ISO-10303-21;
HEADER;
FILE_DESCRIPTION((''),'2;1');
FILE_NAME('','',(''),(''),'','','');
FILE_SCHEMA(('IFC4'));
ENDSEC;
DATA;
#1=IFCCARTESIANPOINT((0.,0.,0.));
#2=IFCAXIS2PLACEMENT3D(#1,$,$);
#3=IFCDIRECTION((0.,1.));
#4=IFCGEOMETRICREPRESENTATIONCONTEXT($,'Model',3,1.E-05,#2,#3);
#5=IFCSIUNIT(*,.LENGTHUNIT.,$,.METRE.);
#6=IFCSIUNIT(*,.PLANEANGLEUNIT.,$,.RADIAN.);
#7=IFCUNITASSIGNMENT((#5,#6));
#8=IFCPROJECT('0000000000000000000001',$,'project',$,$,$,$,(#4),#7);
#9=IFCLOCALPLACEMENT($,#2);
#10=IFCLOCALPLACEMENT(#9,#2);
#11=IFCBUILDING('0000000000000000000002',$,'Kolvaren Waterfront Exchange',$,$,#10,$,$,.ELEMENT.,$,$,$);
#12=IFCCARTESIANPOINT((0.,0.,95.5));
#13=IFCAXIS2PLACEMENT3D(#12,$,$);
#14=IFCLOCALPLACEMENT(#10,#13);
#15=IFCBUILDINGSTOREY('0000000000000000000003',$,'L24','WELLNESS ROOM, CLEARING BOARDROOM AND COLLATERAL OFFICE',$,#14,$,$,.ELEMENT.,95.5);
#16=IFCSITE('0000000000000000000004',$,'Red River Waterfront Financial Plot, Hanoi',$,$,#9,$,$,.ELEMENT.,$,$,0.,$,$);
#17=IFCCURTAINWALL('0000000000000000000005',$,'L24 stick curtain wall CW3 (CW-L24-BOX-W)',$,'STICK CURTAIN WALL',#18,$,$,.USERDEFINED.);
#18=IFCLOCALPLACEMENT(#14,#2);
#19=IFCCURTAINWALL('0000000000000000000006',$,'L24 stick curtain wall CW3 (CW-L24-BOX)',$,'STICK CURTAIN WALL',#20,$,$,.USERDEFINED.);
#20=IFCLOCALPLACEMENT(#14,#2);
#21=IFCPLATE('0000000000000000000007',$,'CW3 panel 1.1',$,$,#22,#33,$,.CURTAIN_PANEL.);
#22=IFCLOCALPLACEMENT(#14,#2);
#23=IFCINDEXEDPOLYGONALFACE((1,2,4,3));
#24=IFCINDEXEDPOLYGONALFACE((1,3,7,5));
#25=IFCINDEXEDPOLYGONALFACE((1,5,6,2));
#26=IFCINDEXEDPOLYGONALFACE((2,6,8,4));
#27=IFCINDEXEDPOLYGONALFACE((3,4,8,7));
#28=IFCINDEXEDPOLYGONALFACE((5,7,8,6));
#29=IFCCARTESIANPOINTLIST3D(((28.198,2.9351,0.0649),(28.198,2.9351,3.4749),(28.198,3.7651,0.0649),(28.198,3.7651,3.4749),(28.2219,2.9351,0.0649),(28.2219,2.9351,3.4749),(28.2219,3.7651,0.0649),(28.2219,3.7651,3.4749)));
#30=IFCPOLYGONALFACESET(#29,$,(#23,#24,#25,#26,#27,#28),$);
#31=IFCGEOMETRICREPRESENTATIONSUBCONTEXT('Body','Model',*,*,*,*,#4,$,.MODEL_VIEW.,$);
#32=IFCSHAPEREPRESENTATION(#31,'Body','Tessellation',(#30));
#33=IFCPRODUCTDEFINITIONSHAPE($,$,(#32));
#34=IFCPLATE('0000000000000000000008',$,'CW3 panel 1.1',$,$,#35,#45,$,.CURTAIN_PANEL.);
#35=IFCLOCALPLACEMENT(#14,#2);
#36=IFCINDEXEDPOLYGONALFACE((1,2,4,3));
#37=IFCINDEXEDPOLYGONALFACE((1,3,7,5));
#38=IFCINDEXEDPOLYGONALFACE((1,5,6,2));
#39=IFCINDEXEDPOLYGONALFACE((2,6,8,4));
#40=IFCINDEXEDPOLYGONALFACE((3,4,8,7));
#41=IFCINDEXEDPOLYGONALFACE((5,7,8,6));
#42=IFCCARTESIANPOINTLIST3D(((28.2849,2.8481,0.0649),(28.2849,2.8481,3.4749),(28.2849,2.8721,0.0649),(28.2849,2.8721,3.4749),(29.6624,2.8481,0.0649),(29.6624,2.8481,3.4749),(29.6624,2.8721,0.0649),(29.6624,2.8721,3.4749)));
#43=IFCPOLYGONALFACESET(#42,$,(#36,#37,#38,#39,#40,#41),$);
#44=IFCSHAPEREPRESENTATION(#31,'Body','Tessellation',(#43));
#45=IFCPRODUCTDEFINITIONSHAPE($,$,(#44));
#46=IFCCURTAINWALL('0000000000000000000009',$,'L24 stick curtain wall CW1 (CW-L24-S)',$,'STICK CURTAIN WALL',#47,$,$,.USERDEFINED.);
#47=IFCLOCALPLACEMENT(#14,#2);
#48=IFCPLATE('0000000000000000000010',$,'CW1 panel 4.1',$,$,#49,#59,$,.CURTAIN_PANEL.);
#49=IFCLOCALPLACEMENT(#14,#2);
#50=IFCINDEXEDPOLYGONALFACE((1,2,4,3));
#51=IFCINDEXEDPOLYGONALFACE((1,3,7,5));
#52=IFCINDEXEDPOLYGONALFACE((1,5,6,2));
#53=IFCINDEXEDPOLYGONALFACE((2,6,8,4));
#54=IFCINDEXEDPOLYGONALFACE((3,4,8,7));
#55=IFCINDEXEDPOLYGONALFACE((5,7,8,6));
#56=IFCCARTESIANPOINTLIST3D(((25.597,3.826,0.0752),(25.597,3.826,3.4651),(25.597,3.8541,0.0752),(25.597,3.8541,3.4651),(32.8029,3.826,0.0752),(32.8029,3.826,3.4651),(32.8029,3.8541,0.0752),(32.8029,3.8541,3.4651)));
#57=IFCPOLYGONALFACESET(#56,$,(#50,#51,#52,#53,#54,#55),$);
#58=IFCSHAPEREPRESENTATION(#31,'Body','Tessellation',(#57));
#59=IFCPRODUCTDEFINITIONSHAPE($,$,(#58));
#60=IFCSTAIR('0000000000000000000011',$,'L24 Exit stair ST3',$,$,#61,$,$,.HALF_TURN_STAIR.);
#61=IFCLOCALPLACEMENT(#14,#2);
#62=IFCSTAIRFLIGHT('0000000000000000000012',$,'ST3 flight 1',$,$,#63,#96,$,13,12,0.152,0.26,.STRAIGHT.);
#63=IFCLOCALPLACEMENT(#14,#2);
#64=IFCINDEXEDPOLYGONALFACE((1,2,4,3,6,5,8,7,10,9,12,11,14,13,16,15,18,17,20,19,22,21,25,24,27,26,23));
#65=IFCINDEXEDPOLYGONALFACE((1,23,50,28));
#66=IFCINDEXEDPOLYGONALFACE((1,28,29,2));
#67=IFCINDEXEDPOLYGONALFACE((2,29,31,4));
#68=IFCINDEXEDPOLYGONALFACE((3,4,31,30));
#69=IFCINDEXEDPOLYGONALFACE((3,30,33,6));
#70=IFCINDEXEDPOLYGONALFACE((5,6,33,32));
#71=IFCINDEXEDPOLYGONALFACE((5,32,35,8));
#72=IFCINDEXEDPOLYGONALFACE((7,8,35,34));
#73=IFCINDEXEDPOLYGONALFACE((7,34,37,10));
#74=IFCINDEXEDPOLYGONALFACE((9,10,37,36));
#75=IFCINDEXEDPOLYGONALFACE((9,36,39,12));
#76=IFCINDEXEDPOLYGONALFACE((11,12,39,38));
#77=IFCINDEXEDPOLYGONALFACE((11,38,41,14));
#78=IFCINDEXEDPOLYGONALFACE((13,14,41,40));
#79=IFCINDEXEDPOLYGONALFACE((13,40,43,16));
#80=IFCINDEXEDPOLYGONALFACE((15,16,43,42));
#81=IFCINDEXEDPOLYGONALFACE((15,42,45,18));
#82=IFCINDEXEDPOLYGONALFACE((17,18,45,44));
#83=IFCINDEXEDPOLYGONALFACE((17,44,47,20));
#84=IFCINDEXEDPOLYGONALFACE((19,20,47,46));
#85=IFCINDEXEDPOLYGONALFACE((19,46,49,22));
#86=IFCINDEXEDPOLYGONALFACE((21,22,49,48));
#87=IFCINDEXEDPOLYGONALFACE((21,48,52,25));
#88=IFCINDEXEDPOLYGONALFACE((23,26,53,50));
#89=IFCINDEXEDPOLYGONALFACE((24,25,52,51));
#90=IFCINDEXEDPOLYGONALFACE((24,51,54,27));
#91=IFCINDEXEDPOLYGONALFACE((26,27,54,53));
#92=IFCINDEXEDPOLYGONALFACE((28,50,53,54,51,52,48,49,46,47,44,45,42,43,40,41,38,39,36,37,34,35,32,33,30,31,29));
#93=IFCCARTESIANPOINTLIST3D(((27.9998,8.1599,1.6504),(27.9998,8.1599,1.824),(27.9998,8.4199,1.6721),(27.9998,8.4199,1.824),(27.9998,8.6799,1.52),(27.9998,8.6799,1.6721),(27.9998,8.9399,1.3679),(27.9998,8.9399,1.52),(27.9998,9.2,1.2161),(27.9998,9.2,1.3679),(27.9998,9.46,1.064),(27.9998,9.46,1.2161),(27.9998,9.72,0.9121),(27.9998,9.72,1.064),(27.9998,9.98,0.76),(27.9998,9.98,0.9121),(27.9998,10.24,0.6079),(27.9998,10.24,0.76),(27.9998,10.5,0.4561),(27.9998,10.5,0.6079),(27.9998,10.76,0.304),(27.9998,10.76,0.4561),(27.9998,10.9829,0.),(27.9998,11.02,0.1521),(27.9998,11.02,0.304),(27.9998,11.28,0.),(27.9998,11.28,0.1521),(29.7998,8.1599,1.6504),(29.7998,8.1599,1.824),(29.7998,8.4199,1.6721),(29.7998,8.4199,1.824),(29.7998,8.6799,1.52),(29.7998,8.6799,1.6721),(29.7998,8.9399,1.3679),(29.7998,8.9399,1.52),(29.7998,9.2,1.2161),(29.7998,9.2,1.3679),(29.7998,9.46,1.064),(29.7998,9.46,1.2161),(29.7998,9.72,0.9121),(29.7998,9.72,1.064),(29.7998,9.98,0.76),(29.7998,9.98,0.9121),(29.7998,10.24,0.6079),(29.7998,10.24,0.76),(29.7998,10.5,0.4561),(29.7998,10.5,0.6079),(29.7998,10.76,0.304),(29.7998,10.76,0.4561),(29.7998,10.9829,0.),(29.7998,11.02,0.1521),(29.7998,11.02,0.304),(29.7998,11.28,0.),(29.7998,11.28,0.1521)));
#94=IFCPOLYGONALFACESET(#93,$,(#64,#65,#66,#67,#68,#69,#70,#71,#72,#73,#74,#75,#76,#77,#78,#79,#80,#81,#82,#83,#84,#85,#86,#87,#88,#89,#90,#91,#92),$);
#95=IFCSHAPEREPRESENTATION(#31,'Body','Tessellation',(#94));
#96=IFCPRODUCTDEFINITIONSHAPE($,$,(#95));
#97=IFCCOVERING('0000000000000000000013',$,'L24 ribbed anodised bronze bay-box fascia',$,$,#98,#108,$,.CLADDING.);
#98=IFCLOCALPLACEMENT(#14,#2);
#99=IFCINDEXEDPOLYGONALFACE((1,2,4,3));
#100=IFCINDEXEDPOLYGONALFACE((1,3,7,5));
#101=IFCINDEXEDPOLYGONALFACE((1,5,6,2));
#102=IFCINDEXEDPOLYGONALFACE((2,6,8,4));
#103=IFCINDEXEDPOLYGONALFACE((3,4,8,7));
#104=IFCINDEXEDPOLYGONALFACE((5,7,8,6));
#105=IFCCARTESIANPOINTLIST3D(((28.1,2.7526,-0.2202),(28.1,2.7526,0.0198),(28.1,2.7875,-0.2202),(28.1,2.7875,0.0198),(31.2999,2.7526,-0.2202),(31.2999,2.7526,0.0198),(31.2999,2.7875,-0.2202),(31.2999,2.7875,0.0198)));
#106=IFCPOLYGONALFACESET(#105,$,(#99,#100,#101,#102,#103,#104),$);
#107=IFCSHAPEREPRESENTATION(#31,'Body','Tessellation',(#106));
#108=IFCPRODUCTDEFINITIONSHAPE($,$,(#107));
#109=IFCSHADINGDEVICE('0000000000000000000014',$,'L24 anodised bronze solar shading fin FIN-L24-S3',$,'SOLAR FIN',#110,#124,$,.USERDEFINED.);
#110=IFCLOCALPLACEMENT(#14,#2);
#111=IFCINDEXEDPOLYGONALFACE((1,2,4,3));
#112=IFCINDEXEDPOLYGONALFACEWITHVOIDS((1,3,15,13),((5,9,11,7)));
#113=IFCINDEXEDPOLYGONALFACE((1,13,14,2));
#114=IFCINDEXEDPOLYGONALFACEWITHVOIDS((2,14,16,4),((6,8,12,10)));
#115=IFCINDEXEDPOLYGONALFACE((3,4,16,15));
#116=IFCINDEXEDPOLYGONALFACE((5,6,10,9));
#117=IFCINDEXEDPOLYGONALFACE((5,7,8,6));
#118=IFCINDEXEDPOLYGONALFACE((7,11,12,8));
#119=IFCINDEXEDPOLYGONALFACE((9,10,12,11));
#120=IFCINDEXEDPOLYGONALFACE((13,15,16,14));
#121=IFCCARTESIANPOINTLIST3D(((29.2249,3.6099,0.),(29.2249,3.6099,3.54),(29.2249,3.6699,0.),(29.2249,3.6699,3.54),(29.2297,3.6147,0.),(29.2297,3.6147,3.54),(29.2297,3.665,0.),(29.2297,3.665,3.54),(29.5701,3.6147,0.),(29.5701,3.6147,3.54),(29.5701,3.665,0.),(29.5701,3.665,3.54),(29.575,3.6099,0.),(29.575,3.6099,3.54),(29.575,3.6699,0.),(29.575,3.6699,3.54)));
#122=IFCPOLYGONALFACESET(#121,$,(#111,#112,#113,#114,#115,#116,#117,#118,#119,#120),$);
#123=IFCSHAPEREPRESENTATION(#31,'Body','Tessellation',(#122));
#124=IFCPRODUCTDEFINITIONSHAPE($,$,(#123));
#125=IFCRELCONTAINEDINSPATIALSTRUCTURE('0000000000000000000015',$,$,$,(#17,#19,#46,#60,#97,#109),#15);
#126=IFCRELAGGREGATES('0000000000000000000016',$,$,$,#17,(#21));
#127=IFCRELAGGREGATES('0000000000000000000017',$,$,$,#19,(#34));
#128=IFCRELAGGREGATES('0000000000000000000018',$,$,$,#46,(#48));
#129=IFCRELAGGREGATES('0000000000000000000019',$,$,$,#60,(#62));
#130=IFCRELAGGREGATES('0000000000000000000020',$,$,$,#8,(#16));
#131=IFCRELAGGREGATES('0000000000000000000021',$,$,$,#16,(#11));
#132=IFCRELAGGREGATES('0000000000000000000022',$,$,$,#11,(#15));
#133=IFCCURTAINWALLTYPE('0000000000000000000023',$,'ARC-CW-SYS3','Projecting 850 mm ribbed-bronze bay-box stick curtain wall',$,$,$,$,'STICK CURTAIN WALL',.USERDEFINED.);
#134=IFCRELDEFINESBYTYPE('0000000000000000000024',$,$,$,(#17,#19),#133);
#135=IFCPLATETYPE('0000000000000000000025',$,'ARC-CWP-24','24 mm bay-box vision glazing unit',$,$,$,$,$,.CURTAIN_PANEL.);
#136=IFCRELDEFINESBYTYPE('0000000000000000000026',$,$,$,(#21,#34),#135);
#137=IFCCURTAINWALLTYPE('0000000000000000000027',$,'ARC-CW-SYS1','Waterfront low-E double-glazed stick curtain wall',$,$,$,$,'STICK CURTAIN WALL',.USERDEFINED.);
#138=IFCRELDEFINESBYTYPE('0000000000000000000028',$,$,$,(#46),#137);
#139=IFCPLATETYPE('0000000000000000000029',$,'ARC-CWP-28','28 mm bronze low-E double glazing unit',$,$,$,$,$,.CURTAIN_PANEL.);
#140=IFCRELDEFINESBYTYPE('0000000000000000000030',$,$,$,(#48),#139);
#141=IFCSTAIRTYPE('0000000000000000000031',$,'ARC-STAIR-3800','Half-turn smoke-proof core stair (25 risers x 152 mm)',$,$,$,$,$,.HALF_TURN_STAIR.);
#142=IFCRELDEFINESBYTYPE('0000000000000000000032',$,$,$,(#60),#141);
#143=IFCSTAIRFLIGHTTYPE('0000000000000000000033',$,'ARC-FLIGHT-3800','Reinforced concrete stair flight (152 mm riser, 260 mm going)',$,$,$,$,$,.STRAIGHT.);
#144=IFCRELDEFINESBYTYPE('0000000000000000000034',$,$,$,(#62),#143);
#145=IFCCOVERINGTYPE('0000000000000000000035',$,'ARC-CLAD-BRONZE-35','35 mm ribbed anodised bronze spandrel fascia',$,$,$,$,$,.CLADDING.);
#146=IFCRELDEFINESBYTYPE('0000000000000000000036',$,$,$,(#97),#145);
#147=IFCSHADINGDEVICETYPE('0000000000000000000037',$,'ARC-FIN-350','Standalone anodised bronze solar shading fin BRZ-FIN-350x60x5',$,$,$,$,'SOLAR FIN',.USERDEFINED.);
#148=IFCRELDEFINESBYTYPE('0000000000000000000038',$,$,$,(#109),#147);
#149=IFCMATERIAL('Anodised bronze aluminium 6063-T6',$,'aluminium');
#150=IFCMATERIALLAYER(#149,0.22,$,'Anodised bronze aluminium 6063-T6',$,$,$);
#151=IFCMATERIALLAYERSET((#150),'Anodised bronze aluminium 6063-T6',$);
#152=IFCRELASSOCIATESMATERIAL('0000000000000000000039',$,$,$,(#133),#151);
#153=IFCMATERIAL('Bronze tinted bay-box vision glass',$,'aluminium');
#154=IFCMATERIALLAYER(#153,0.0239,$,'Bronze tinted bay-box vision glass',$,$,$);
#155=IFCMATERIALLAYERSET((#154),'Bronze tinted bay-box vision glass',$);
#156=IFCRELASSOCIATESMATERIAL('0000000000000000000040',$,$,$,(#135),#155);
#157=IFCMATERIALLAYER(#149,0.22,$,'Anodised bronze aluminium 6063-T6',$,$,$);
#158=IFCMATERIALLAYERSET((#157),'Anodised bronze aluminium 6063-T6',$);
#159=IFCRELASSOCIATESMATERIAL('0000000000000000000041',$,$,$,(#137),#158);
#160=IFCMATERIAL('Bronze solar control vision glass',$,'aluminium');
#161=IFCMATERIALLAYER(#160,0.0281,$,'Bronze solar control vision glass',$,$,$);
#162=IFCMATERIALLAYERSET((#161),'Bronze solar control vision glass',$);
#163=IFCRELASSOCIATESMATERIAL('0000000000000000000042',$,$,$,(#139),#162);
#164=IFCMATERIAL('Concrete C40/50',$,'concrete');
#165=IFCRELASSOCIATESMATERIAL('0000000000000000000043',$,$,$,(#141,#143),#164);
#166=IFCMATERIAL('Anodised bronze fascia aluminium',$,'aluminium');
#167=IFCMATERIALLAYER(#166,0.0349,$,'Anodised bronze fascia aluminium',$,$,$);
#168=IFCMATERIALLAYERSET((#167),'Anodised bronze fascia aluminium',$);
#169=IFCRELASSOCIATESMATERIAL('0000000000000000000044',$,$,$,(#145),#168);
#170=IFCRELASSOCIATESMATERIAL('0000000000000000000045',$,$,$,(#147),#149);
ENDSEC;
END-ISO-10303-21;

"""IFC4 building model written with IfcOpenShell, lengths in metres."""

from ifc_helpers import new_model, si_unit, direction, frame, origin, origin_with_axes, origin_2d, place, context, subcontext, project, spatial, polyline, rectangle, hollow_rectangle, outline, extrude, source, transform, mapped, material, layer, layer_set, material_profile, profile_set, type_object, element, aggregate, save


model = new_model("IFC4")

# Units and contexts
model_context = context("Model", 3, precision=1e-05, world=origin(), true_north=direction((0.0, 1.0)))
body_context = subcontext(model_context, "Body", "Model", "MODEL_VIEW")
ifc_project = project(units=[si_unit("LENGTHUNIT", "METRE"), si_unit("PLANEANGLEUNIT", "RADIAN")], contexts=[model_context])

# Site, building, storey
site_placement = place(None, origin())
site = spatial("IfcSite", under=ifc_project, at=site_placement, Name="Red River Waterfront Financial Plot, Hanoi", CompositionType="ELEMENT", RefElevation=0.0)
building_placement = place(site_placement, origin())
building = spatial("IfcBuilding", under=site, at=building_placement, Name="Kolvaren Waterfront Exchange", CompositionType="ELEMENT")
storey_placement = place(building_placement, frame((0.0, 0.0, 95.5)))
storey = spatial("IfcBuildingStorey", under=building, at=storey_placement, Name="L24", Description="WELLNESS ROOM, CLEARING BOARDROOM AND COLLATERAL OFFICE", CompositionType="ELEMENT", Elevation=95.5)

# Curtain walls
ifc_material_1 = material(Name="Anodised bronze aluminium 6063-T6", Category="aluminium")
ifc_layer_1 = layer(ifc_material_1, 0.22, Name="Anodised bronze aluminium 6063-T6")
ifc_layer_set_1 = layer_set([ifc_layer_1], Name="Anodised bronze aluminium 6063-T6")
curtain_wall_type_1 = type_object("IfcCurtainWallType", Name="ARC-CW-SYS3", Description="Projecting 850 mm ribbed-bronze bay-box stick curtain wall", ElementType="STICK CURTAIN WALL", PredefinedType="USERDEFINED", material=ifc_layer_set_1)
curtain_wall_1_placement = place(storey_placement, origin())
curtain_wall_1 = element("IfcCurtainWall", 1, at=curtain_wall_1_placement, inside=storey, type_object=curtain_wall_type_1, Name="L24 stick curtain wall CW3 (CW-L24-BOX-W)", ObjectType="STICK CURTAIN WALL", PredefinedType="USERDEFINED")
curtain_wall_2_placement = place(storey_placement, origin())
curtain_wall_2 = element("IfcCurtainWall", 2, at=curtain_wall_2_placement, inside=storey, type_object=curtain_wall_type_1, Name="L24 stick curtain wall CW3 (CW-L24-BOX)", ObjectType="STICK CURTAIN WALL", PredefinedType="USERDEFINED")

# Plates
ifc_material_2 = material(Name="Bronze tinted bay-box vision glass", Category="aluminium")
ifc_layer_2 = layer(ifc_material_2, 0.0239, Name="Bronze tinted bay-box vision glass")
ifc_layer_set_2 = layer_set([ifc_layer_2], Name="Bronze tinted bay-box vision glass")
plate_type_1 = type_object("IfcPlateType", Name="ARC-CWP-24", Description="24 mm bay-box vision glazing unit", PredefinedType="CURTAIN_PANEL", material=ifc_layer_set_2)
shared_shape_1 = source(origin_with_axes(), body_context, "Body", "SweptSolid", [
    extrude(rectangle(XDim=0.8301, YDim=0.0239, at=origin_2d()), origin(), (0.0, 0.0, 1.0), 3.4099),
])
plate_1_placement = place(storey_placement, frame((28.21, 3.3501, 0.0649), z_axis=(0.0, 0.0, 1.0), x_axis=(0.0, -1.0, 0.0)))
plate_1 = element("IfcPlate", 3, at=plate_1_placement, type_object=plate_type_1, Name="CW3 panel 1.1", PredefinedType="CURTAIN_PANEL", context=body_context, shape_type="MappedRepresentation", body=[
    mapped(shared_shape_1, transform((0.0, 0.0, 0.0), x_axis=(1.0, 0.0, 0.0), y_axis=(0.0, 1.0, 0.0), z_axis=(0.0, 0.0, 1.0), scale=1.0)),
])
aggregate(curtain_wall_1, [plate_1])
shared_shape_2 = source(origin_with_axes(), body_context, "Body", "SweptSolid", [
    extrude(rectangle(XDim=1.3774, YDim=0.0239, at=origin_2d()), origin(), (0.0, 0.0, 1.0), 3.4099),
])
plate_2_placement = place(storey_placement, frame((28.9736, 2.8601, 0.0649), z_axis=(0.0, 0.0, 1.0), x_axis=(1.0, 0.0, 0.0)))
plate_2 = element("IfcPlate", 4, at=plate_2_placement, type_object=plate_type_1, Name="CW3 panel 1.1", PredefinedType="CURTAIN_PANEL", context=body_context, shape_type="MappedRepresentation", body=[
    mapped(shared_shape_2, transform((0.0, 0.0, 0.0), x_axis=(1.0, 0.0, 0.0), y_axis=(0.0, 1.0, 0.0), z_axis=(0.0, 0.0, 1.0), scale=1.0)),
])
aggregate(curtain_wall_2, [plate_2])

# Curtain wall, plate
ifc_layer_3 = layer(ifc_material_1, 0.22, Name="Anodised bronze aluminium 6063-T6")
ifc_layer_set_3 = layer_set([ifc_layer_3], Name="Anodised bronze aluminium 6063-T6")
curtain_wall_type_2 = type_object("IfcCurtainWallType", Name="ARC-CW-SYS1", Description="Waterfront low-E double-glazed stick curtain wall", ElementType="STICK CURTAIN WALL", PredefinedType="USERDEFINED", material=ifc_layer_set_3)
curtain_wall_3_placement = place(storey_placement, origin())
curtain_wall_3 = element("IfcCurtainWall", 5, at=curtain_wall_3_placement, inside=storey, type_object=curtain_wall_type_2, Name="L24 stick curtain wall CW1 (CW-L24-S)", ObjectType="STICK CURTAIN WALL", PredefinedType="USERDEFINED")
ifc_material_3 = material(Name="Bronze solar control vision glass", Category="aluminium")
ifc_layer_4 = layer(ifc_material_3, 0.0281, Name="Bronze solar control vision glass")
ifc_layer_set_4 = layer_set([ifc_layer_4], Name="Bronze solar control vision glass")
plate_type_2 = type_object("IfcPlateType", Name="ARC-CWP-28", Description="28 mm bronze low-E double glazing unit", PredefinedType="CURTAIN_PANEL", material=ifc_layer_set_4)
shared_shape_3 = source(origin_with_axes(), body_context, "Body", "SweptSolid", [
    extrude(rectangle(XDim=7.2058, YDim=0.0281, at=origin_2d()), origin(), (0.0, 0.0, 1.0), 3.3899),
])
plate_3_placement = place(storey_placement, frame((29.2, 3.8401, 0.0752), z_axis=(0.0, 0.0, 1.0), x_axis=(1.0, 0.0, 0.0)))
plate_3 = element("IfcPlate", 6, at=plate_3_placement, type_object=plate_type_2, Name="CW1 panel 4.1", PredefinedType="CURTAIN_PANEL", context=body_context, shape_type="MappedRepresentation", body=[
    mapped(shared_shape_3, transform((0.0, 0.0, 0.0), x_axis=(1.0, 0.0, 0.0), y_axis=(0.0, 1.0, 0.0), z_axis=(0.0, 0.0, 1.0), scale=1.0)),
])
aggregate(curtain_wall_3, [plate_3])

# Stair, stair flight
ifc_material_4 = material(Name="Concrete C40/50", Category="concrete")
stair_type = type_object("IfcStairType", Name="ARC-STAIR-3800", Description="Half-turn smoke-proof core stair (25 risers x 152 mm)", PredefinedType="HALF_TURN_STAIR", material=ifc_material_4)
stair_placement = place(storey_placement, origin())
stair = element("IfcStair", 7, at=stair_placement, inside=storey, type_object=stair_type, Name="L24 Exit stair ST3", PredefinedType="HALF_TURN_STAIR")
stair_flight_type = type_object("IfcStairFlightType", Name="ARC-FLIGHT-3800", Description="Reinforced concrete stair flight (152 mm riser, 260 mm going)", PredefinedType="STRAIGHT", material=ifc_material_4)
stair_flight_placement = place(storey_placement, frame((28.8999, 11.28, 0.0), z_axis=(0.0, 0.0, 1.0), x_axis=(0.0, -1.0, 0.0)))
stair_flight = element("IfcStairFlight", 8, at=stair_flight_placement, type_object=stair_flight_type, Name="ST3 flight 1", NumberOfRisers=13, NumberOfTreads=12, PredefinedType="STRAIGHT", RiserHeight=0.152, TreadLength=0.26, context=body_context, shape_type="SweptSolid", body=[
    extrude(outline(polyline([(0.0, 0.0), (0.0, 0.1521), (0.26, 0.1521), (0.26, 0.304), (0.52, 0.304), (0.52, 0.4561), (0.78, 0.4561), (0.78, 0.6079), (1.04, 0.6079), (1.04, 0.76), (1.3, 0.76), (1.3, 0.9121), (1.5601, 0.9121), (1.5601, 1.064), (1.8201, 1.064), (1.8201, 1.2161), (2.0801, 1.2161), (2.0801, 1.3679), (2.3401, 1.3679), (2.3401, 1.52), (2.6001, 1.52), (2.6001, 1.6721), (2.8601, 1.6721), (2.8601, 1.824), (3.1201, 1.824), (3.1201, 1.9761), (3.1201, 1.6504), (0.2971, 0.0), (0.0, 0.0)])), frame((0.0, 0.8999, 0.0), z_axis=(0.0, -1.0, 0.0), x_axis=(1.0, 0.0, 0.0)), (0.0, 0.0, 1.0), 1.8),
])
aggregate(stair, [stair_flight])

# Covering
ifc_material_5 = material(Name="Anodised bronze fascia aluminium", Category="aluminium")
ifc_layer_5 = layer(ifc_material_5, 0.0349, Name="Anodised bronze fascia aluminium")
ifc_layer_set_5 = layer_set([ifc_layer_5], Name="Anodised bronze fascia aluminium")
covering_type = type_object("IfcCoveringType", Name="ARC-CLAD-BRONZE-35", Description="35 mm ribbed anodised bronze spandrel fascia", PredefinedType="CLADDING", material=ifc_layer_set_5)
covering_placement = place(storey_placement, frame((29.7, 2.77, -0.2202), z_axis=(0.0, 0.0, 1.0), x_axis=(1.0, 0.0, 0.0)))
element("IfcCovering", 9, at=covering_placement, inside=storey, type_object=covering_type, Name="L24 ribbed anodised bronze bay-box fascia", PredefinedType="CLADDING", context=body_context, shape_type="SweptSolid", body=[
    extrude(rectangle(XDim=3.2, YDim=0.0349, at=origin_2d()), origin(), (0.0, 0.0, 1.0), 0.24),
])

# Shading device
ifc_material_profile_1 = material_profile(ifc_material_1, hollow_rectangle(XDim=0.0601, YDim=0.3501, WallThickness=0.0049, at=origin_2d()), Name="BRZ-FIN-350x60x5")
ifc_profile_set_1 = profile_set([ifc_material_profile_1], Name="Anodised bronze aluminium 6063-T6")
shading_device_type = type_object("IfcShadingDeviceType", Name="ARC-FIN-350", Description="Standalone anodised bronze solar shading fin BRZ-FIN-350x60x5", ElementType="SOLAR FIN", PredefinedType="USERDEFINED", material=ifc_profile_set_1)
shading_device_placement = place(storey_placement, frame((29.3999, 3.6399, 0.0), z_axis=(0.0, 0.0, 1.0), x_axis=(0.0, -1.0, 0.0)))
element("IfcShadingDevice", 10, at=shading_device_placement, inside=storey, type_object=shading_device_type, Name="L24 anodised bronze solar shading fin FIN-L24-S3", ObjectType="SOLAR FIN", PredefinedType="USERDEFINED", context=body_context, shape_type="SweptSolid", body=[
    extrude(hollow_rectangle(XDim=0.0601, YDim=0.3501, WallThickness=0.0049, at=origin_2d()), origin(), (0.0, 0.0, 1.0), 3.54),
])

save(model, "model.ifc")
